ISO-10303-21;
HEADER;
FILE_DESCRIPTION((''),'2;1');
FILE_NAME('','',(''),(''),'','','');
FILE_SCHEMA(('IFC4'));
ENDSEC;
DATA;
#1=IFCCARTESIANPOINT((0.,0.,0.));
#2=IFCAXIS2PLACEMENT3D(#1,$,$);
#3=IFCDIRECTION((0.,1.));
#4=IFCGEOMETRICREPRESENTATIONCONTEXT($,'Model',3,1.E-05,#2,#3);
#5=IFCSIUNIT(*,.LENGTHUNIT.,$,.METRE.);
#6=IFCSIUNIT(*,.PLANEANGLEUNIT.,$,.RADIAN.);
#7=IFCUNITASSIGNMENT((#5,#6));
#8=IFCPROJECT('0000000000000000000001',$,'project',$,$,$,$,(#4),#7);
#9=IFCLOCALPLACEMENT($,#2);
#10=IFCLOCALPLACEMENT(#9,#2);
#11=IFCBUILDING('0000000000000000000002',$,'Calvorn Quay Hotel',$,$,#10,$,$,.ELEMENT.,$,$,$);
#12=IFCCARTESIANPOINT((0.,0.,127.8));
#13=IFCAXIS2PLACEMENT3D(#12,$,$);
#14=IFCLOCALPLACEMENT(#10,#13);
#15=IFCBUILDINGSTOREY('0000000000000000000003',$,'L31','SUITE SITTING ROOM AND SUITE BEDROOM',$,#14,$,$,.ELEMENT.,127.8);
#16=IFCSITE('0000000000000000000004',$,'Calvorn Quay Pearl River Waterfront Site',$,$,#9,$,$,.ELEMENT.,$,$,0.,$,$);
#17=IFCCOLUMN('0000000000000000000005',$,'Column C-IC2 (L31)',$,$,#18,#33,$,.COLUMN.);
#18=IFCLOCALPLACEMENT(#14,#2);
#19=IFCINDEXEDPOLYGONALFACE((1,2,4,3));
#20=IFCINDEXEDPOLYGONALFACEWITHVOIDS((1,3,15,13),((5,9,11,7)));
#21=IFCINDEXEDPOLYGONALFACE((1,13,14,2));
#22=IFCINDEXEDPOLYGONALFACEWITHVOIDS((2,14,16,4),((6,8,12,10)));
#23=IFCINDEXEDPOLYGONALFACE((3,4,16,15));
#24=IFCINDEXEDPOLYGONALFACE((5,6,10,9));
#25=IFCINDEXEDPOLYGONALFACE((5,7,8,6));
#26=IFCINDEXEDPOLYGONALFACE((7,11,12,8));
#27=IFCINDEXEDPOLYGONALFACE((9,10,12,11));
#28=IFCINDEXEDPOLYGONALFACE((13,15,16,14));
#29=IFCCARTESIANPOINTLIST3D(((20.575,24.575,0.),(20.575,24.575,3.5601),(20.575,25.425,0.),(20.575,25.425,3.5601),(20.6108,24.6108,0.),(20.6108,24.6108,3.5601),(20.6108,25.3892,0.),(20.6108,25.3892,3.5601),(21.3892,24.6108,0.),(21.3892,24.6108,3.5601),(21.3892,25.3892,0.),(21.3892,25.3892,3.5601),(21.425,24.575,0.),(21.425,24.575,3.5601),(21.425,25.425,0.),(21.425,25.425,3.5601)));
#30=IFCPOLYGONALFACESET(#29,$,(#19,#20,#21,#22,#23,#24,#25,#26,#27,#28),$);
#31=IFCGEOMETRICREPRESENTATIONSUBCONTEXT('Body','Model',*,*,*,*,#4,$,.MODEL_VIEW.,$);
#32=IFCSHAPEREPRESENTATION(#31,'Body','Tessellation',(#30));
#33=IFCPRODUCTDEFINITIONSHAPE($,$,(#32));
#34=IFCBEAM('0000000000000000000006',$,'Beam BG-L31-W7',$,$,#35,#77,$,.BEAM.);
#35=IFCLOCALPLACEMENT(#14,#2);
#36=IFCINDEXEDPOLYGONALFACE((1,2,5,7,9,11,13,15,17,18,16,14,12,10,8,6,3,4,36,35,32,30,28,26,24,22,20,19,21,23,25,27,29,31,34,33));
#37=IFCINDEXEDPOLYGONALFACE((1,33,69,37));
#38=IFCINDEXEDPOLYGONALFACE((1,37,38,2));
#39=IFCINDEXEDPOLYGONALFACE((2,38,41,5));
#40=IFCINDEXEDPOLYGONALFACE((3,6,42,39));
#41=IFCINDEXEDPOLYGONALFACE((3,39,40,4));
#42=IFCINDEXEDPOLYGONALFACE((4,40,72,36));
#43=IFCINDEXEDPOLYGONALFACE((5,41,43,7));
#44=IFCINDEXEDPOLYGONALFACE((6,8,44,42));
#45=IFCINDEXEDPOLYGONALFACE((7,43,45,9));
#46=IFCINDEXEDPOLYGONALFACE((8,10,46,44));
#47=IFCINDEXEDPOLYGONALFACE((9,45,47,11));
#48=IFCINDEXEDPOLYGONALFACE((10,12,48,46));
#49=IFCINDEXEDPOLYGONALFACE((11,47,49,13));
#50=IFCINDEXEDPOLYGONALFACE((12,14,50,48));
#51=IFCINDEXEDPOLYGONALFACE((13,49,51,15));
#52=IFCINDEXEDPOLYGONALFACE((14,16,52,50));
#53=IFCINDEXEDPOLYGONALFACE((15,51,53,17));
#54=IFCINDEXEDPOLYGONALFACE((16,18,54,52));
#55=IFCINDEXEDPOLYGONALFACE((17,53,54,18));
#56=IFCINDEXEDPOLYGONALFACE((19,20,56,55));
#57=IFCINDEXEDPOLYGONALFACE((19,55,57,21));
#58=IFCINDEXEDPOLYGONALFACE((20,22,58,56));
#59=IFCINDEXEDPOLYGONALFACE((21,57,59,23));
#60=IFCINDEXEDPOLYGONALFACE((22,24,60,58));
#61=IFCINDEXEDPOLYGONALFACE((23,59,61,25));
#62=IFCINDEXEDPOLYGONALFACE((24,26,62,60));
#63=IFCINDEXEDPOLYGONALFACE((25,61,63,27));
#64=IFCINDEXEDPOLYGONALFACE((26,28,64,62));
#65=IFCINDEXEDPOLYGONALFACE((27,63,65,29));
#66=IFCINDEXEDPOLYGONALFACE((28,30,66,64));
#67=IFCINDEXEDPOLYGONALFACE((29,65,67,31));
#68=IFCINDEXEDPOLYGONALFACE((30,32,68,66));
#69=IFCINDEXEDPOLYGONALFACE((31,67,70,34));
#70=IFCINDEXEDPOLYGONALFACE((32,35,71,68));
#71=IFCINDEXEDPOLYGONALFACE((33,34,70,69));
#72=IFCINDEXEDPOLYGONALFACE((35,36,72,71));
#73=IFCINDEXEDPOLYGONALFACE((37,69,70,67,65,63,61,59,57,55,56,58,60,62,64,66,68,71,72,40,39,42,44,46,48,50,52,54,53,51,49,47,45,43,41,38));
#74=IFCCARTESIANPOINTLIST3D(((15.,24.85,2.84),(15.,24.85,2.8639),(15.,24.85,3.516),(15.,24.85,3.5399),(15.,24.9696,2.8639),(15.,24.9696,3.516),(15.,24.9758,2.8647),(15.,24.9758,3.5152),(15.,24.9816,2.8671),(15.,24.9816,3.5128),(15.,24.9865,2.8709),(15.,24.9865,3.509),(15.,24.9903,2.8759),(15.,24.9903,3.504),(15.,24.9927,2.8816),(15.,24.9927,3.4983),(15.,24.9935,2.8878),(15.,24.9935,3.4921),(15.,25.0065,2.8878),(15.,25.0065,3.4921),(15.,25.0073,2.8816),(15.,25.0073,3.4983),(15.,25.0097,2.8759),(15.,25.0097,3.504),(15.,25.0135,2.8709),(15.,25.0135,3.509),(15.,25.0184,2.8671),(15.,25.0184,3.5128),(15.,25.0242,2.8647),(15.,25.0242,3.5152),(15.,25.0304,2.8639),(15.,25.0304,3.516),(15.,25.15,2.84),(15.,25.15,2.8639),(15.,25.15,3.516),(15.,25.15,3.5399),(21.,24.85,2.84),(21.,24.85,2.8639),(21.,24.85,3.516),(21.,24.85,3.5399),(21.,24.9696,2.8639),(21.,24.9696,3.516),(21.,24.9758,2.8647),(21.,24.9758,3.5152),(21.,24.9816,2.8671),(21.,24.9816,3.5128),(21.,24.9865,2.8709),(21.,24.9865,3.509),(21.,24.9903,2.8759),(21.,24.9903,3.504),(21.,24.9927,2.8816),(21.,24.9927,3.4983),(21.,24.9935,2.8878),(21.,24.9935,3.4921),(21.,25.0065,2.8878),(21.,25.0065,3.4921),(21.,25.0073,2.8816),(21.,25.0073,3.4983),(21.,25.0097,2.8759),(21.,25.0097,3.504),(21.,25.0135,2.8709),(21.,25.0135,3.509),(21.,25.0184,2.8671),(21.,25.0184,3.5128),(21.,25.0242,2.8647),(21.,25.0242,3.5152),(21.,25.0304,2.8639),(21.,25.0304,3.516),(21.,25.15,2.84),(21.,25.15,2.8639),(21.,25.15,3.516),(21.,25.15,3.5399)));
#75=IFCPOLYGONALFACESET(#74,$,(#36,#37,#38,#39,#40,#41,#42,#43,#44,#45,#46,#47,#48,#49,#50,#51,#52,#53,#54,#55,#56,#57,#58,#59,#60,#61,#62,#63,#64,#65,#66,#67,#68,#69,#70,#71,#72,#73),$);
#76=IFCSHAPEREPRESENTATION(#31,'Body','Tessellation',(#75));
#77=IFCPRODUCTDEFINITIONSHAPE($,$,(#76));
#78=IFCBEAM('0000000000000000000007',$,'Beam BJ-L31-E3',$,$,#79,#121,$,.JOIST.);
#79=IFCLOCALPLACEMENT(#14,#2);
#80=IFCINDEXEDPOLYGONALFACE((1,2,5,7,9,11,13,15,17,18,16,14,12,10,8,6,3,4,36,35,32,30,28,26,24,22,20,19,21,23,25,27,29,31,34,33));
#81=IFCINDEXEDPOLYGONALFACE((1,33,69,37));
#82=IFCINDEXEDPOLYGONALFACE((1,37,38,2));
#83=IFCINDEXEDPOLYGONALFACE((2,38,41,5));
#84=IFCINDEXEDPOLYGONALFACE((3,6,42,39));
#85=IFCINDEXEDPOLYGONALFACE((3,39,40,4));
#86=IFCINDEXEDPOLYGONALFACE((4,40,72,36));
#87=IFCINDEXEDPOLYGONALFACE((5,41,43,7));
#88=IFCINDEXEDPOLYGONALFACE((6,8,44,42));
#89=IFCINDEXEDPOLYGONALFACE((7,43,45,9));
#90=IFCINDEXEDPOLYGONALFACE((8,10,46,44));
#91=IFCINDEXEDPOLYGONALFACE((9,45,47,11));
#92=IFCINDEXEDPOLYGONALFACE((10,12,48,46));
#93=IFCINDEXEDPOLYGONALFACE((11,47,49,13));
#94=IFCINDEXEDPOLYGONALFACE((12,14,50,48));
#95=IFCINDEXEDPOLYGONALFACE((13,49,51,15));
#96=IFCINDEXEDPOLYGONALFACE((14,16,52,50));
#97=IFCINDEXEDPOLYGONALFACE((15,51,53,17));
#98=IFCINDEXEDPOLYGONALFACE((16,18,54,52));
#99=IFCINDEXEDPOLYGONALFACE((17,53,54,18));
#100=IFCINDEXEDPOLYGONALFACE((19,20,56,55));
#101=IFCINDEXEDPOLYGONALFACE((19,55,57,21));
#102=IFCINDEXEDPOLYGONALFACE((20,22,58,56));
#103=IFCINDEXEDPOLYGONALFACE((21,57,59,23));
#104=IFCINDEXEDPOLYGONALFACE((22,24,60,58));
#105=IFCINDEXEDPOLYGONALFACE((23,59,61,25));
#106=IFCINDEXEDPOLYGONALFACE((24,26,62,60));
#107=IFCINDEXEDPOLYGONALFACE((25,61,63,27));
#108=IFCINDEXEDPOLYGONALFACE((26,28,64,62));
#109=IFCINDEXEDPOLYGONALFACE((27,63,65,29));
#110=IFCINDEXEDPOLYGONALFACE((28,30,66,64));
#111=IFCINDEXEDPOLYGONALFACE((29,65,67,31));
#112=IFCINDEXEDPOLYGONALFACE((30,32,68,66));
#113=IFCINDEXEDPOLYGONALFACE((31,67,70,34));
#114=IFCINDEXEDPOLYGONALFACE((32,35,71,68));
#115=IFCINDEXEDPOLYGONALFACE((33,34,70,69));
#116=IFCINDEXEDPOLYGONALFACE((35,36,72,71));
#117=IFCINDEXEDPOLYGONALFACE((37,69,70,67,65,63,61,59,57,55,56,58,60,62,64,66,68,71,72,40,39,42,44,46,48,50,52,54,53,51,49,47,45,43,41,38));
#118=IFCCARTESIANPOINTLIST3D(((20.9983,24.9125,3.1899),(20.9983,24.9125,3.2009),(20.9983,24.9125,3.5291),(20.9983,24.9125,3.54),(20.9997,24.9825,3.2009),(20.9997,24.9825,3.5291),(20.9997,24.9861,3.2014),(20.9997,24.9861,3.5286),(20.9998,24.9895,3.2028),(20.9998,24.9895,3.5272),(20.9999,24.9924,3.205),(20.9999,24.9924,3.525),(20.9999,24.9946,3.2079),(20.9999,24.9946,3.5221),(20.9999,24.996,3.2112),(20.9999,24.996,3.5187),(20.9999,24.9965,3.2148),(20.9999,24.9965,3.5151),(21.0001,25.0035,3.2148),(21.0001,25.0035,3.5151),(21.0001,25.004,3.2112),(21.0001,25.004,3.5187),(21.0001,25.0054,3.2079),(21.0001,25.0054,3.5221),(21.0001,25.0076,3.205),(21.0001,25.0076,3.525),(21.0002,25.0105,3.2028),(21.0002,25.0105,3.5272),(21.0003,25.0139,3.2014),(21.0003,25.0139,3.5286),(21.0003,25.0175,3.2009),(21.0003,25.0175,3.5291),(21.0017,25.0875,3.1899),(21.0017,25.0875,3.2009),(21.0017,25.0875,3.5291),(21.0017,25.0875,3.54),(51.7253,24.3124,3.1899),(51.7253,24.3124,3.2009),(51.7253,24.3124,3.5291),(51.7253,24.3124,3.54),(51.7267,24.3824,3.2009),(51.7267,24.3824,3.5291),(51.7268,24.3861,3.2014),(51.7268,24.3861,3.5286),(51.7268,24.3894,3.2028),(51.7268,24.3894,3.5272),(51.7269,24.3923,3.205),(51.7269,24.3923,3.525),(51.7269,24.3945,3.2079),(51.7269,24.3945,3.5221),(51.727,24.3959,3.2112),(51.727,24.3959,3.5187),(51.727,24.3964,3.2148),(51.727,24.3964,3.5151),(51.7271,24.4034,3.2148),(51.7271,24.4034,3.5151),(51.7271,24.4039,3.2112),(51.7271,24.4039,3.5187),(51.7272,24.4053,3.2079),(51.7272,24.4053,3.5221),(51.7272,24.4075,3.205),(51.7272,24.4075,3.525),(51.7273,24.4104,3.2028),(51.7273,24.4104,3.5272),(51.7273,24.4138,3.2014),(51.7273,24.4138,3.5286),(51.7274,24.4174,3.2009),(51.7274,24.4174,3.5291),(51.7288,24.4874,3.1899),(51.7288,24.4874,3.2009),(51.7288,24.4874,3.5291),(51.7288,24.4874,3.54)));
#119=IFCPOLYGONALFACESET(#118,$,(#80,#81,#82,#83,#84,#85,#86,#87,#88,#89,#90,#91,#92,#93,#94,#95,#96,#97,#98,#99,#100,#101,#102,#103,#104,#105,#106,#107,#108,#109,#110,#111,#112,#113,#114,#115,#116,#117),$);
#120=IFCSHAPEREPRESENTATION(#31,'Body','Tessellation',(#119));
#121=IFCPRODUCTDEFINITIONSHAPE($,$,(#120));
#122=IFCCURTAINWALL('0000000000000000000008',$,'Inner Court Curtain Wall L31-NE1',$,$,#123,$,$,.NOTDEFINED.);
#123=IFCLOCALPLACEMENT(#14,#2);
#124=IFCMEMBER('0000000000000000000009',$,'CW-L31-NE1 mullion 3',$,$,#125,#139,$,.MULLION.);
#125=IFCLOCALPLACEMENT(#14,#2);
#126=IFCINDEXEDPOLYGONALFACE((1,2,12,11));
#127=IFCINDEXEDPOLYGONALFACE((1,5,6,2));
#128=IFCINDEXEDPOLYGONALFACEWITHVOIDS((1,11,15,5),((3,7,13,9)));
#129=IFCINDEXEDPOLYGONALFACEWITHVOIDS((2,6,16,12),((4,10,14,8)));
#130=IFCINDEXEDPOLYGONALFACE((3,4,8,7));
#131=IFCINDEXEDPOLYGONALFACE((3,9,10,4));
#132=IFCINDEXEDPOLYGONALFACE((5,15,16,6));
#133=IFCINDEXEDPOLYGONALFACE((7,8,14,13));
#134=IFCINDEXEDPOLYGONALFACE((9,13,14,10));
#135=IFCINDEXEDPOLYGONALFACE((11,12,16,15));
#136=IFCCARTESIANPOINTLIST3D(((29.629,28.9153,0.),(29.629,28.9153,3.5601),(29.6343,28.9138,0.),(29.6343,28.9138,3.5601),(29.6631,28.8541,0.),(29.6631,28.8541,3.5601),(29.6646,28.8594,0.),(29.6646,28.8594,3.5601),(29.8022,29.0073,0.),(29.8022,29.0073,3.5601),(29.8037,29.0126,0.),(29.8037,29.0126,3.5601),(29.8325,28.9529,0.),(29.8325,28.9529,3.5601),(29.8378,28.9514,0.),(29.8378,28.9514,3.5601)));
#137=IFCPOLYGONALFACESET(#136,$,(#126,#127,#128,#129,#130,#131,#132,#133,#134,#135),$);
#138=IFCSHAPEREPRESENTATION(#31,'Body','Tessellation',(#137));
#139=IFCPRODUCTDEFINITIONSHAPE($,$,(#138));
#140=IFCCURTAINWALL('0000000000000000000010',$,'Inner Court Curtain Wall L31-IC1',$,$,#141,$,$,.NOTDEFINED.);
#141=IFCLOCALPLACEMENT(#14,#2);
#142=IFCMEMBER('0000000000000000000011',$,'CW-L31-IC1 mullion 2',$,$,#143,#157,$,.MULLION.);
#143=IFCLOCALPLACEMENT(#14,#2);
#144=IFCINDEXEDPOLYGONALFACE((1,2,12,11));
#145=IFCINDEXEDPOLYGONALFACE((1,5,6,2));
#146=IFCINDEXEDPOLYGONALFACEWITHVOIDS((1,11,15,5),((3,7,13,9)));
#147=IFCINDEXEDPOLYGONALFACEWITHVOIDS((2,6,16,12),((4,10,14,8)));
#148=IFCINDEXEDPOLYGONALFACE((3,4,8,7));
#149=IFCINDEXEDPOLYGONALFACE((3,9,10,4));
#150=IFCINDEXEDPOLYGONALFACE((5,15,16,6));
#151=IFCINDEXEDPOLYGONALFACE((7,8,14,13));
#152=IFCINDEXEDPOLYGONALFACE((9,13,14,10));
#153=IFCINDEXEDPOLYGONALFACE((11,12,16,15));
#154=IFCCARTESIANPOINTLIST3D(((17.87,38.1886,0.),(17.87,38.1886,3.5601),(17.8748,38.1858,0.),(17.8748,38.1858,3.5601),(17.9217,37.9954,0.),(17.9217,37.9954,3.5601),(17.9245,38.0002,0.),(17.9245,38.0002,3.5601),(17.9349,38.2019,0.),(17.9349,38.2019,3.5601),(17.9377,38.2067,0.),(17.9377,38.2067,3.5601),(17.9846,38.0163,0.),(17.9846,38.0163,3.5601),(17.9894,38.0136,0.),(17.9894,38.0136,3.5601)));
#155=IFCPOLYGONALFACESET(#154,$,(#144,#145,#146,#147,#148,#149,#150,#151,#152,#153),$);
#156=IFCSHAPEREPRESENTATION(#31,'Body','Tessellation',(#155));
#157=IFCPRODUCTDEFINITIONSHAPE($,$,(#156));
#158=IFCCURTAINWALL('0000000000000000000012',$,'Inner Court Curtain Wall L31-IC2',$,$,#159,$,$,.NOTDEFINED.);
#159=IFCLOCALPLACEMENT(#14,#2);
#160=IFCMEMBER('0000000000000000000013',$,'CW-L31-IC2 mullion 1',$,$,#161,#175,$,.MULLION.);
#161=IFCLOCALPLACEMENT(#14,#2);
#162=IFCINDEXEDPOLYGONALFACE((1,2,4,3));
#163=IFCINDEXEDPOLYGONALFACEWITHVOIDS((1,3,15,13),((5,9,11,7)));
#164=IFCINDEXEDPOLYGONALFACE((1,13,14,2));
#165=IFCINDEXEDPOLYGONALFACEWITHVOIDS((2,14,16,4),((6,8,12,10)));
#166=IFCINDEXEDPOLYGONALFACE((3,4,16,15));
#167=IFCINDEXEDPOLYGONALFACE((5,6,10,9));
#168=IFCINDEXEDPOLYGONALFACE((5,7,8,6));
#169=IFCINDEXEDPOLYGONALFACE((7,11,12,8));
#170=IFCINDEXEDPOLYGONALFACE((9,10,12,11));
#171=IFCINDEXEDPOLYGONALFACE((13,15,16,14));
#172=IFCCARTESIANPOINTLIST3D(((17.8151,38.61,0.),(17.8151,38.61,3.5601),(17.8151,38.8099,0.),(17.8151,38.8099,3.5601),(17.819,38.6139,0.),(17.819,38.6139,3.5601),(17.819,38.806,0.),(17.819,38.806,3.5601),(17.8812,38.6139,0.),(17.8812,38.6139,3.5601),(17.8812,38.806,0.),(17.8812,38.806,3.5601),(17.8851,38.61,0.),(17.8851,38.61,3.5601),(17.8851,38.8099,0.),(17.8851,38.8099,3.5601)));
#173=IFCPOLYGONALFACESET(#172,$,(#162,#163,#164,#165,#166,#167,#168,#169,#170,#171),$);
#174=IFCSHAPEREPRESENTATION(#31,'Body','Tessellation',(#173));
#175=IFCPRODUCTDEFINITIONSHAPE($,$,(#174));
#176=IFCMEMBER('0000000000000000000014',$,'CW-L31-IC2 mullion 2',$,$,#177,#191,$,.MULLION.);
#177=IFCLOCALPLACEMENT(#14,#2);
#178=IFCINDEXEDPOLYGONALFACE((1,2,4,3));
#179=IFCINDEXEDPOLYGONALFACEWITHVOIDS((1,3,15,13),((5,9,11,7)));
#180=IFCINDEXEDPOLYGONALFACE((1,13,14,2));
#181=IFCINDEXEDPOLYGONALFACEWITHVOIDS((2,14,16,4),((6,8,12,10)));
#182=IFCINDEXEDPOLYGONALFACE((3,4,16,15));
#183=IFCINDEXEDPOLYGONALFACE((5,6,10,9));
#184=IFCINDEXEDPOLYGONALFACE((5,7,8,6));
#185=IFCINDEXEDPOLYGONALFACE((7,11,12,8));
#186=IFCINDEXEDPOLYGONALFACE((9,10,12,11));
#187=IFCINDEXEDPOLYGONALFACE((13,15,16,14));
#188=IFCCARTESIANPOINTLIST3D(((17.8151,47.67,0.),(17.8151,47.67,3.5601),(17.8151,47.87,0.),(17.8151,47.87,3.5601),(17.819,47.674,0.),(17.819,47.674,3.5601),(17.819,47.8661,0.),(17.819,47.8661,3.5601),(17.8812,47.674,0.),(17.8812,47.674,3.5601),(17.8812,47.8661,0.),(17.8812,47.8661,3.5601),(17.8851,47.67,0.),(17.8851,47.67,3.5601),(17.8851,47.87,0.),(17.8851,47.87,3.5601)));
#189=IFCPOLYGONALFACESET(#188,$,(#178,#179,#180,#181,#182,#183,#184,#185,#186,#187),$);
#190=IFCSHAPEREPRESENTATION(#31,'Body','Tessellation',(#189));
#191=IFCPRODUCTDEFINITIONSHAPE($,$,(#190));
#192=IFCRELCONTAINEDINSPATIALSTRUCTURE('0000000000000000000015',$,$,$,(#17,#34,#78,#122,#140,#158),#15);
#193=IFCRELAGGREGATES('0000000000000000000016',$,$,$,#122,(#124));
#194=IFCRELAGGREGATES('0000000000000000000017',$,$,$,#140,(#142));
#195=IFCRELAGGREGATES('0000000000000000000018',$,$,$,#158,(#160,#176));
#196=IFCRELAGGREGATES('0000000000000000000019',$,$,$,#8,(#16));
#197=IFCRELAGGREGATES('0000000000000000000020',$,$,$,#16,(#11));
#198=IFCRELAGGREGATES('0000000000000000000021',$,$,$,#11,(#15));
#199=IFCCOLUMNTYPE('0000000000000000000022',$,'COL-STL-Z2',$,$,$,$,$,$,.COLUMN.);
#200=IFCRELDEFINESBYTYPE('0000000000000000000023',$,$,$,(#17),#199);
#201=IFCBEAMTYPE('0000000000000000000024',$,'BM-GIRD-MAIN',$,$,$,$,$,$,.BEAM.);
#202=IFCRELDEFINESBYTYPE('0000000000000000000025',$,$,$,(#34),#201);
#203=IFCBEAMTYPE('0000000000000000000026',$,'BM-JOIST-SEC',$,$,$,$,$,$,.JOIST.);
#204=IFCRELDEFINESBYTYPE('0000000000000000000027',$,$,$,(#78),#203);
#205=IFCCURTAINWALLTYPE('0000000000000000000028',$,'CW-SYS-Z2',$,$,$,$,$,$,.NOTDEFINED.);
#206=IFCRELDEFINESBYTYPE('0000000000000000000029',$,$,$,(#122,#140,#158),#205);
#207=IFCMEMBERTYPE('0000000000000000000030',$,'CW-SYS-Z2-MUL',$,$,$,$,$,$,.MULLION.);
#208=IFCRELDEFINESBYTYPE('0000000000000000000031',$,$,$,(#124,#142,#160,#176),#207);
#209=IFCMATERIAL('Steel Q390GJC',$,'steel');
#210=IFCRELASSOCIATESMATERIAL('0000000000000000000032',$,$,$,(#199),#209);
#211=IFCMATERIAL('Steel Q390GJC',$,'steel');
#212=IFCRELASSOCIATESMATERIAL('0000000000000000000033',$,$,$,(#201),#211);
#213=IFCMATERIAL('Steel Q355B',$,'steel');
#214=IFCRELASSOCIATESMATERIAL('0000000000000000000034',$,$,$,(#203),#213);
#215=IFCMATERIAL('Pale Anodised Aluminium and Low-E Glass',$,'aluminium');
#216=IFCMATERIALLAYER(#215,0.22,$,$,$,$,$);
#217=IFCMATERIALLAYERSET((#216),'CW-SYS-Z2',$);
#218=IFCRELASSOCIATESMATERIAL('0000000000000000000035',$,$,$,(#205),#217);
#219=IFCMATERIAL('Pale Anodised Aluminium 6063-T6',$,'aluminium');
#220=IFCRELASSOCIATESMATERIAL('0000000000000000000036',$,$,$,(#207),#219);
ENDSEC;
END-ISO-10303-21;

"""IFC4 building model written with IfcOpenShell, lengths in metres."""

from ifc_helpers import new_model, si_unit, direction, frame, origin, origin_2d, place, context, subcontext, project, spatial, hollow_rectangle, i_section, extrude, material, layer, layer_set, material_profile, profile_set, type_object, element, aggregate, save


model = new_model("IFC4")

# Units and contexts
model_context = context("Model", 3, precision=1e-05, world=origin(), true_north=direction((0.0, 1.0)))
body_context = subcontext(model_context, "Body", "Model", "MODEL_VIEW")
ifc_project = project(units=[si_unit("LENGTHUNIT", "METRE"), si_unit("PLANEANGLEUNIT", "RADIAN")], contexts=[model_context])

# Site, building, storey
site_placement = place(None, origin())
site = spatial("IfcSite", under=ifc_project, at=site_placement, Name="Calvorn Quay Pearl River Waterfront Site", CompositionType="ELEMENT", RefElevation=0.0)
building_placement = place(site_placement, origin())
building = spatial("IfcBuilding", under=site, at=building_placement, Name="Calvorn Quay Hotel", CompositionType="ELEMENT")
storey_placement = place(building_placement, frame((0.0, 0.0, 127.8)))
storey = spatial("IfcBuildingStorey", under=building, at=storey_placement, Name="L31", Description="SUITE SITTING ROOM AND SUITE BEDROOM", CompositionType="ELEMENT", Elevation=127.8)

# Column
ifc_material_1 = material(Name="Steel Q390GJC", Category="steel")
ifc_material_profile_1 = material_profile(ifc_material_1, hollow_rectangle(XDim=0.8501, YDim=0.8501, WallThickness=0.0359, at=origin_2d()), Name="BOX850x850x36")
ifc_profile_set_1 = profile_set([ifc_material_profile_1], Name="Steel Q390GJC")
column_type = type_object("IfcColumnType", Name="COL-STL-Z2", PredefinedType="COLUMN", material=ifc_profile_set_1)
column_placement = place(storey_placement, frame((21.0, 25.0, 0.0), z_axis=(0.0, 0.0, 1.0), x_axis=(1.0, 0.0, 0.0)))
element("IfcColumn", 1, at=column_placement, inside=storey, type_object=column_type, Name="Column C-IC2 (L31)", PredefinedType="COLUMN", context=body_context, shape_type="SweptSolid", body=[
    extrude(hollow_rectangle(XDim=0.8501, YDim=0.8501, WallThickness=0.0359, at=origin_2d()), origin(), (0.0, 0.0, 1.0), 3.5601),
])

# Beams
ifc_material_2 = material(Name="Steel Q390GJC", Category="steel")
ifc_material_profile_2 = material_profile(ifc_material_2, i_section(OverallWidth=0.3, OverallDepth=0.7, WebThickness=0.0129, FlangeThickness=0.0239, FilletRadius=0.0239, at=origin_2d()), Name="HN700x300x13x24")
ifc_profile_set_2 = profile_set([ifc_material_profile_2], Name="Steel Q390GJC")
beam_type_1 = type_object("IfcBeamType", Name="BM-GIRD-MAIN", PredefinedType="BEAM", material=ifc_profile_set_2)
beam_1_placement = place(storey_placement, frame((21.0, 25.0, 3.1899), z_axis=(-1.0, 0.0, 0.0), x_axis=(0.0, -1.0, 0.0)))
element("IfcBeam", 2, at=beam_1_placement, inside=storey, type_object=beam_type_1, Name="Beam BG-L31-W7", PredefinedType="BEAM", context=body_context, shape_type="SweptSolid", body=[
    extrude(i_section(OverallWidth=0.3, OverallDepth=0.7, WebThickness=0.0129, FlangeThickness=0.0239, FilletRadius=0.0239, at=origin_2d()), origin(), (0.0, 0.0, 1.0), 6.0),
])
ifc_material_3 = material(Name="Steel Q355B", Category="steel")
ifc_material_profile_3 = material_profile(ifc_material_3, i_section(OverallWidth=0.175, OverallDepth=0.3501, WebThickness=0.0071, FlangeThickness=0.011, FilletRadius=0.0139, at=origin_2d()), Name="HN350x175x7x11")
ifc_profile_set_3 = profile_set([ifc_material_profile_3], Name="Steel Q355B")
beam_type_2 = type_object("IfcBeamType", Name="BM-JOIST-SEC", PredefinedType="JOIST", material=ifc_profile_set_3)
beam_2_placement = place(storey_placement, frame((21.0, 25.0, 3.365), z_axis=(0.999809, -0.019526, 0.0), x_axis=(0.019526, 0.999809, 0.0)))
element("IfcBeam", 3, at=beam_2_placement, inside=storey, type_object=beam_type_2, Name="Beam BJ-L31-E3", PredefinedType="JOIST", context=body_context, shape_type="SweptSolid", body=[
    extrude(i_section(OverallWidth=0.175, OverallDepth=0.3501, WebThickness=0.0071, FlangeThickness=0.011, FilletRadius=0.0139, at=origin_2d()), origin(), (0.0, 0.0, 1.0), 30.7329),
])

# Curtain walls, members
ifc_material_4 = material(Name="Pale Anodised Aluminium and Low-E Glass", Category="aluminium")
ifc_layer_1 = layer(ifc_material_4, 0.22)
ifc_layer_set_1 = layer_set([ifc_layer_1], Name="CW-SYS-Z2")
curtain_wall_type = type_object("IfcCurtainWallType", Name="CW-SYS-Z2", PredefinedType="NOTDEFINED", material=ifc_layer_set_1)
curtain_wall_1_placement = place(storey_placement, origin())
curtain_wall_1 = element("IfcCurtainWall", 4, at=curtain_wall_1_placement, inside=storey, type_object=curtain_wall_type, Name="Inner Court Curtain Wall L31-NE1", PredefinedType="NOTDEFINED")
ifc_material_5 = material(Name="Pale Anodised Aluminium 6063-T6", Category="aluminium")
ifc_material_profile_4 = material_profile(ifc_material_5, hollow_rectangle(XDim=0.0701, YDim=0.2, WallThickness=0.0039, at=origin_2d()), Name="ALU-M200x70x4")
ifc_profile_set_4 = profile_set([ifc_material_profile_4], Name="Pale Anodised Aluminium 6063-T6")
member_type_1 = type_object("IfcMemberType", Name="CW-SYS-Z2-MUL", PredefinedType="MULLION", material=ifc_profile_set_4)
member_1_placement = place(storey_placement, frame((29.7334, 28.9333, 0.0), z_axis=(0.0, 0.0, 1.0), x_axis=(0.486858, -0.873481, 0.0)))
member_1 = element("IfcMember", 5, at=member_1_placement, type_object=member_type_1, Name="CW-L31-NE1 mullion 3", PredefinedType="MULLION", context=body_context, shape_type="SweptSolid", body=[
    extrude(hollow_rectangle(XDim=0.0701, YDim=0.2, WallThickness=0.0039, at=origin_2d()), origin(), (0.0, 0.0, 1.0), 3.5601),
])
curtain_wall_2_placement = place(storey_placement, origin())
curtain_wall_2 = element("IfcCurtainWall", 6, at=curtain_wall_2_placement, inside=storey, type_object=curtain_wall_type, Name="Inner Court Curtain Wall L31-IC1", PredefinedType="NOTDEFINED")
member_2_placement = place(storey_placement, frame((17.9297, 38.1011, 0.0), z_axis=(0.0, 0.0, 1.0), x_axis=(-0.965937, -0.258779, 0.0)))
member_2 = element("IfcMember", 7, at=member_2_placement, type_object=member_type_1, Name="CW-L31-IC1 mullion 2", PredefinedType="MULLION", context=body_context, shape_type="SweptSolid", body=[
    extrude(hollow_rectangle(XDim=0.0701, YDim=0.2, WallThickness=0.0039, at=origin_2d()), origin(), (0.0, 0.0, 1.0), 3.5601),
])

# Curtain wall, members
curtain_wall_3_placement = place(storey_placement, origin())
curtain_wall_3 = element("IfcCurtainWall", 8, at=curtain_wall_3_placement, inside=storey, type_object=curtain_wall_type, Name="Inner Court Curtain Wall L31-IC2", PredefinedType="NOTDEFINED")
member_3_placement = place(storey_placement, frame((17.8501, 38.71, 0.0), z_axis=(0.0, 0.0, 1.0), x_axis=(-1.0, 0.0, 0.0)))
member_3 = element("IfcMember", 9, at=member_3_placement, type_object=member_type_1, Name="CW-L31-IC2 mullion 1", PredefinedType="MULLION", context=body_context, shape_type="SweptSolid", body=[
    extrude(hollow_rectangle(XDim=0.0701, YDim=0.2, WallThickness=0.0039, at=origin_2d()), origin(), (0.0, 0.0, 1.0), 3.5601),
])
member_4_placement = place(storey_placement, frame((17.8501, 47.77, 0.0), z_axis=(0.0, 0.0, 1.0), x_axis=(-1.0, 0.0, 0.0)))
member_4 = element("IfcMember", 10, at=member_4_placement, type_object=member_type_1, Name="CW-L31-IC2 mullion 2", PredefinedType="MULLION", context=body_context, shape_type="SweptSolid", body=[
    extrude(hollow_rectangle(XDim=0.0701, YDim=0.2, WallThickness=0.0039, at=origin_2d()), origin(), (0.0, 0.0, 1.0), 3.5601),
])

aggregate(curtain_wall_1, [member_1])
aggregate(curtain_wall_2, [member_2])
aggregate(curtain_wall_3, [member_3, member_4])

save(model, "model.ifc")
